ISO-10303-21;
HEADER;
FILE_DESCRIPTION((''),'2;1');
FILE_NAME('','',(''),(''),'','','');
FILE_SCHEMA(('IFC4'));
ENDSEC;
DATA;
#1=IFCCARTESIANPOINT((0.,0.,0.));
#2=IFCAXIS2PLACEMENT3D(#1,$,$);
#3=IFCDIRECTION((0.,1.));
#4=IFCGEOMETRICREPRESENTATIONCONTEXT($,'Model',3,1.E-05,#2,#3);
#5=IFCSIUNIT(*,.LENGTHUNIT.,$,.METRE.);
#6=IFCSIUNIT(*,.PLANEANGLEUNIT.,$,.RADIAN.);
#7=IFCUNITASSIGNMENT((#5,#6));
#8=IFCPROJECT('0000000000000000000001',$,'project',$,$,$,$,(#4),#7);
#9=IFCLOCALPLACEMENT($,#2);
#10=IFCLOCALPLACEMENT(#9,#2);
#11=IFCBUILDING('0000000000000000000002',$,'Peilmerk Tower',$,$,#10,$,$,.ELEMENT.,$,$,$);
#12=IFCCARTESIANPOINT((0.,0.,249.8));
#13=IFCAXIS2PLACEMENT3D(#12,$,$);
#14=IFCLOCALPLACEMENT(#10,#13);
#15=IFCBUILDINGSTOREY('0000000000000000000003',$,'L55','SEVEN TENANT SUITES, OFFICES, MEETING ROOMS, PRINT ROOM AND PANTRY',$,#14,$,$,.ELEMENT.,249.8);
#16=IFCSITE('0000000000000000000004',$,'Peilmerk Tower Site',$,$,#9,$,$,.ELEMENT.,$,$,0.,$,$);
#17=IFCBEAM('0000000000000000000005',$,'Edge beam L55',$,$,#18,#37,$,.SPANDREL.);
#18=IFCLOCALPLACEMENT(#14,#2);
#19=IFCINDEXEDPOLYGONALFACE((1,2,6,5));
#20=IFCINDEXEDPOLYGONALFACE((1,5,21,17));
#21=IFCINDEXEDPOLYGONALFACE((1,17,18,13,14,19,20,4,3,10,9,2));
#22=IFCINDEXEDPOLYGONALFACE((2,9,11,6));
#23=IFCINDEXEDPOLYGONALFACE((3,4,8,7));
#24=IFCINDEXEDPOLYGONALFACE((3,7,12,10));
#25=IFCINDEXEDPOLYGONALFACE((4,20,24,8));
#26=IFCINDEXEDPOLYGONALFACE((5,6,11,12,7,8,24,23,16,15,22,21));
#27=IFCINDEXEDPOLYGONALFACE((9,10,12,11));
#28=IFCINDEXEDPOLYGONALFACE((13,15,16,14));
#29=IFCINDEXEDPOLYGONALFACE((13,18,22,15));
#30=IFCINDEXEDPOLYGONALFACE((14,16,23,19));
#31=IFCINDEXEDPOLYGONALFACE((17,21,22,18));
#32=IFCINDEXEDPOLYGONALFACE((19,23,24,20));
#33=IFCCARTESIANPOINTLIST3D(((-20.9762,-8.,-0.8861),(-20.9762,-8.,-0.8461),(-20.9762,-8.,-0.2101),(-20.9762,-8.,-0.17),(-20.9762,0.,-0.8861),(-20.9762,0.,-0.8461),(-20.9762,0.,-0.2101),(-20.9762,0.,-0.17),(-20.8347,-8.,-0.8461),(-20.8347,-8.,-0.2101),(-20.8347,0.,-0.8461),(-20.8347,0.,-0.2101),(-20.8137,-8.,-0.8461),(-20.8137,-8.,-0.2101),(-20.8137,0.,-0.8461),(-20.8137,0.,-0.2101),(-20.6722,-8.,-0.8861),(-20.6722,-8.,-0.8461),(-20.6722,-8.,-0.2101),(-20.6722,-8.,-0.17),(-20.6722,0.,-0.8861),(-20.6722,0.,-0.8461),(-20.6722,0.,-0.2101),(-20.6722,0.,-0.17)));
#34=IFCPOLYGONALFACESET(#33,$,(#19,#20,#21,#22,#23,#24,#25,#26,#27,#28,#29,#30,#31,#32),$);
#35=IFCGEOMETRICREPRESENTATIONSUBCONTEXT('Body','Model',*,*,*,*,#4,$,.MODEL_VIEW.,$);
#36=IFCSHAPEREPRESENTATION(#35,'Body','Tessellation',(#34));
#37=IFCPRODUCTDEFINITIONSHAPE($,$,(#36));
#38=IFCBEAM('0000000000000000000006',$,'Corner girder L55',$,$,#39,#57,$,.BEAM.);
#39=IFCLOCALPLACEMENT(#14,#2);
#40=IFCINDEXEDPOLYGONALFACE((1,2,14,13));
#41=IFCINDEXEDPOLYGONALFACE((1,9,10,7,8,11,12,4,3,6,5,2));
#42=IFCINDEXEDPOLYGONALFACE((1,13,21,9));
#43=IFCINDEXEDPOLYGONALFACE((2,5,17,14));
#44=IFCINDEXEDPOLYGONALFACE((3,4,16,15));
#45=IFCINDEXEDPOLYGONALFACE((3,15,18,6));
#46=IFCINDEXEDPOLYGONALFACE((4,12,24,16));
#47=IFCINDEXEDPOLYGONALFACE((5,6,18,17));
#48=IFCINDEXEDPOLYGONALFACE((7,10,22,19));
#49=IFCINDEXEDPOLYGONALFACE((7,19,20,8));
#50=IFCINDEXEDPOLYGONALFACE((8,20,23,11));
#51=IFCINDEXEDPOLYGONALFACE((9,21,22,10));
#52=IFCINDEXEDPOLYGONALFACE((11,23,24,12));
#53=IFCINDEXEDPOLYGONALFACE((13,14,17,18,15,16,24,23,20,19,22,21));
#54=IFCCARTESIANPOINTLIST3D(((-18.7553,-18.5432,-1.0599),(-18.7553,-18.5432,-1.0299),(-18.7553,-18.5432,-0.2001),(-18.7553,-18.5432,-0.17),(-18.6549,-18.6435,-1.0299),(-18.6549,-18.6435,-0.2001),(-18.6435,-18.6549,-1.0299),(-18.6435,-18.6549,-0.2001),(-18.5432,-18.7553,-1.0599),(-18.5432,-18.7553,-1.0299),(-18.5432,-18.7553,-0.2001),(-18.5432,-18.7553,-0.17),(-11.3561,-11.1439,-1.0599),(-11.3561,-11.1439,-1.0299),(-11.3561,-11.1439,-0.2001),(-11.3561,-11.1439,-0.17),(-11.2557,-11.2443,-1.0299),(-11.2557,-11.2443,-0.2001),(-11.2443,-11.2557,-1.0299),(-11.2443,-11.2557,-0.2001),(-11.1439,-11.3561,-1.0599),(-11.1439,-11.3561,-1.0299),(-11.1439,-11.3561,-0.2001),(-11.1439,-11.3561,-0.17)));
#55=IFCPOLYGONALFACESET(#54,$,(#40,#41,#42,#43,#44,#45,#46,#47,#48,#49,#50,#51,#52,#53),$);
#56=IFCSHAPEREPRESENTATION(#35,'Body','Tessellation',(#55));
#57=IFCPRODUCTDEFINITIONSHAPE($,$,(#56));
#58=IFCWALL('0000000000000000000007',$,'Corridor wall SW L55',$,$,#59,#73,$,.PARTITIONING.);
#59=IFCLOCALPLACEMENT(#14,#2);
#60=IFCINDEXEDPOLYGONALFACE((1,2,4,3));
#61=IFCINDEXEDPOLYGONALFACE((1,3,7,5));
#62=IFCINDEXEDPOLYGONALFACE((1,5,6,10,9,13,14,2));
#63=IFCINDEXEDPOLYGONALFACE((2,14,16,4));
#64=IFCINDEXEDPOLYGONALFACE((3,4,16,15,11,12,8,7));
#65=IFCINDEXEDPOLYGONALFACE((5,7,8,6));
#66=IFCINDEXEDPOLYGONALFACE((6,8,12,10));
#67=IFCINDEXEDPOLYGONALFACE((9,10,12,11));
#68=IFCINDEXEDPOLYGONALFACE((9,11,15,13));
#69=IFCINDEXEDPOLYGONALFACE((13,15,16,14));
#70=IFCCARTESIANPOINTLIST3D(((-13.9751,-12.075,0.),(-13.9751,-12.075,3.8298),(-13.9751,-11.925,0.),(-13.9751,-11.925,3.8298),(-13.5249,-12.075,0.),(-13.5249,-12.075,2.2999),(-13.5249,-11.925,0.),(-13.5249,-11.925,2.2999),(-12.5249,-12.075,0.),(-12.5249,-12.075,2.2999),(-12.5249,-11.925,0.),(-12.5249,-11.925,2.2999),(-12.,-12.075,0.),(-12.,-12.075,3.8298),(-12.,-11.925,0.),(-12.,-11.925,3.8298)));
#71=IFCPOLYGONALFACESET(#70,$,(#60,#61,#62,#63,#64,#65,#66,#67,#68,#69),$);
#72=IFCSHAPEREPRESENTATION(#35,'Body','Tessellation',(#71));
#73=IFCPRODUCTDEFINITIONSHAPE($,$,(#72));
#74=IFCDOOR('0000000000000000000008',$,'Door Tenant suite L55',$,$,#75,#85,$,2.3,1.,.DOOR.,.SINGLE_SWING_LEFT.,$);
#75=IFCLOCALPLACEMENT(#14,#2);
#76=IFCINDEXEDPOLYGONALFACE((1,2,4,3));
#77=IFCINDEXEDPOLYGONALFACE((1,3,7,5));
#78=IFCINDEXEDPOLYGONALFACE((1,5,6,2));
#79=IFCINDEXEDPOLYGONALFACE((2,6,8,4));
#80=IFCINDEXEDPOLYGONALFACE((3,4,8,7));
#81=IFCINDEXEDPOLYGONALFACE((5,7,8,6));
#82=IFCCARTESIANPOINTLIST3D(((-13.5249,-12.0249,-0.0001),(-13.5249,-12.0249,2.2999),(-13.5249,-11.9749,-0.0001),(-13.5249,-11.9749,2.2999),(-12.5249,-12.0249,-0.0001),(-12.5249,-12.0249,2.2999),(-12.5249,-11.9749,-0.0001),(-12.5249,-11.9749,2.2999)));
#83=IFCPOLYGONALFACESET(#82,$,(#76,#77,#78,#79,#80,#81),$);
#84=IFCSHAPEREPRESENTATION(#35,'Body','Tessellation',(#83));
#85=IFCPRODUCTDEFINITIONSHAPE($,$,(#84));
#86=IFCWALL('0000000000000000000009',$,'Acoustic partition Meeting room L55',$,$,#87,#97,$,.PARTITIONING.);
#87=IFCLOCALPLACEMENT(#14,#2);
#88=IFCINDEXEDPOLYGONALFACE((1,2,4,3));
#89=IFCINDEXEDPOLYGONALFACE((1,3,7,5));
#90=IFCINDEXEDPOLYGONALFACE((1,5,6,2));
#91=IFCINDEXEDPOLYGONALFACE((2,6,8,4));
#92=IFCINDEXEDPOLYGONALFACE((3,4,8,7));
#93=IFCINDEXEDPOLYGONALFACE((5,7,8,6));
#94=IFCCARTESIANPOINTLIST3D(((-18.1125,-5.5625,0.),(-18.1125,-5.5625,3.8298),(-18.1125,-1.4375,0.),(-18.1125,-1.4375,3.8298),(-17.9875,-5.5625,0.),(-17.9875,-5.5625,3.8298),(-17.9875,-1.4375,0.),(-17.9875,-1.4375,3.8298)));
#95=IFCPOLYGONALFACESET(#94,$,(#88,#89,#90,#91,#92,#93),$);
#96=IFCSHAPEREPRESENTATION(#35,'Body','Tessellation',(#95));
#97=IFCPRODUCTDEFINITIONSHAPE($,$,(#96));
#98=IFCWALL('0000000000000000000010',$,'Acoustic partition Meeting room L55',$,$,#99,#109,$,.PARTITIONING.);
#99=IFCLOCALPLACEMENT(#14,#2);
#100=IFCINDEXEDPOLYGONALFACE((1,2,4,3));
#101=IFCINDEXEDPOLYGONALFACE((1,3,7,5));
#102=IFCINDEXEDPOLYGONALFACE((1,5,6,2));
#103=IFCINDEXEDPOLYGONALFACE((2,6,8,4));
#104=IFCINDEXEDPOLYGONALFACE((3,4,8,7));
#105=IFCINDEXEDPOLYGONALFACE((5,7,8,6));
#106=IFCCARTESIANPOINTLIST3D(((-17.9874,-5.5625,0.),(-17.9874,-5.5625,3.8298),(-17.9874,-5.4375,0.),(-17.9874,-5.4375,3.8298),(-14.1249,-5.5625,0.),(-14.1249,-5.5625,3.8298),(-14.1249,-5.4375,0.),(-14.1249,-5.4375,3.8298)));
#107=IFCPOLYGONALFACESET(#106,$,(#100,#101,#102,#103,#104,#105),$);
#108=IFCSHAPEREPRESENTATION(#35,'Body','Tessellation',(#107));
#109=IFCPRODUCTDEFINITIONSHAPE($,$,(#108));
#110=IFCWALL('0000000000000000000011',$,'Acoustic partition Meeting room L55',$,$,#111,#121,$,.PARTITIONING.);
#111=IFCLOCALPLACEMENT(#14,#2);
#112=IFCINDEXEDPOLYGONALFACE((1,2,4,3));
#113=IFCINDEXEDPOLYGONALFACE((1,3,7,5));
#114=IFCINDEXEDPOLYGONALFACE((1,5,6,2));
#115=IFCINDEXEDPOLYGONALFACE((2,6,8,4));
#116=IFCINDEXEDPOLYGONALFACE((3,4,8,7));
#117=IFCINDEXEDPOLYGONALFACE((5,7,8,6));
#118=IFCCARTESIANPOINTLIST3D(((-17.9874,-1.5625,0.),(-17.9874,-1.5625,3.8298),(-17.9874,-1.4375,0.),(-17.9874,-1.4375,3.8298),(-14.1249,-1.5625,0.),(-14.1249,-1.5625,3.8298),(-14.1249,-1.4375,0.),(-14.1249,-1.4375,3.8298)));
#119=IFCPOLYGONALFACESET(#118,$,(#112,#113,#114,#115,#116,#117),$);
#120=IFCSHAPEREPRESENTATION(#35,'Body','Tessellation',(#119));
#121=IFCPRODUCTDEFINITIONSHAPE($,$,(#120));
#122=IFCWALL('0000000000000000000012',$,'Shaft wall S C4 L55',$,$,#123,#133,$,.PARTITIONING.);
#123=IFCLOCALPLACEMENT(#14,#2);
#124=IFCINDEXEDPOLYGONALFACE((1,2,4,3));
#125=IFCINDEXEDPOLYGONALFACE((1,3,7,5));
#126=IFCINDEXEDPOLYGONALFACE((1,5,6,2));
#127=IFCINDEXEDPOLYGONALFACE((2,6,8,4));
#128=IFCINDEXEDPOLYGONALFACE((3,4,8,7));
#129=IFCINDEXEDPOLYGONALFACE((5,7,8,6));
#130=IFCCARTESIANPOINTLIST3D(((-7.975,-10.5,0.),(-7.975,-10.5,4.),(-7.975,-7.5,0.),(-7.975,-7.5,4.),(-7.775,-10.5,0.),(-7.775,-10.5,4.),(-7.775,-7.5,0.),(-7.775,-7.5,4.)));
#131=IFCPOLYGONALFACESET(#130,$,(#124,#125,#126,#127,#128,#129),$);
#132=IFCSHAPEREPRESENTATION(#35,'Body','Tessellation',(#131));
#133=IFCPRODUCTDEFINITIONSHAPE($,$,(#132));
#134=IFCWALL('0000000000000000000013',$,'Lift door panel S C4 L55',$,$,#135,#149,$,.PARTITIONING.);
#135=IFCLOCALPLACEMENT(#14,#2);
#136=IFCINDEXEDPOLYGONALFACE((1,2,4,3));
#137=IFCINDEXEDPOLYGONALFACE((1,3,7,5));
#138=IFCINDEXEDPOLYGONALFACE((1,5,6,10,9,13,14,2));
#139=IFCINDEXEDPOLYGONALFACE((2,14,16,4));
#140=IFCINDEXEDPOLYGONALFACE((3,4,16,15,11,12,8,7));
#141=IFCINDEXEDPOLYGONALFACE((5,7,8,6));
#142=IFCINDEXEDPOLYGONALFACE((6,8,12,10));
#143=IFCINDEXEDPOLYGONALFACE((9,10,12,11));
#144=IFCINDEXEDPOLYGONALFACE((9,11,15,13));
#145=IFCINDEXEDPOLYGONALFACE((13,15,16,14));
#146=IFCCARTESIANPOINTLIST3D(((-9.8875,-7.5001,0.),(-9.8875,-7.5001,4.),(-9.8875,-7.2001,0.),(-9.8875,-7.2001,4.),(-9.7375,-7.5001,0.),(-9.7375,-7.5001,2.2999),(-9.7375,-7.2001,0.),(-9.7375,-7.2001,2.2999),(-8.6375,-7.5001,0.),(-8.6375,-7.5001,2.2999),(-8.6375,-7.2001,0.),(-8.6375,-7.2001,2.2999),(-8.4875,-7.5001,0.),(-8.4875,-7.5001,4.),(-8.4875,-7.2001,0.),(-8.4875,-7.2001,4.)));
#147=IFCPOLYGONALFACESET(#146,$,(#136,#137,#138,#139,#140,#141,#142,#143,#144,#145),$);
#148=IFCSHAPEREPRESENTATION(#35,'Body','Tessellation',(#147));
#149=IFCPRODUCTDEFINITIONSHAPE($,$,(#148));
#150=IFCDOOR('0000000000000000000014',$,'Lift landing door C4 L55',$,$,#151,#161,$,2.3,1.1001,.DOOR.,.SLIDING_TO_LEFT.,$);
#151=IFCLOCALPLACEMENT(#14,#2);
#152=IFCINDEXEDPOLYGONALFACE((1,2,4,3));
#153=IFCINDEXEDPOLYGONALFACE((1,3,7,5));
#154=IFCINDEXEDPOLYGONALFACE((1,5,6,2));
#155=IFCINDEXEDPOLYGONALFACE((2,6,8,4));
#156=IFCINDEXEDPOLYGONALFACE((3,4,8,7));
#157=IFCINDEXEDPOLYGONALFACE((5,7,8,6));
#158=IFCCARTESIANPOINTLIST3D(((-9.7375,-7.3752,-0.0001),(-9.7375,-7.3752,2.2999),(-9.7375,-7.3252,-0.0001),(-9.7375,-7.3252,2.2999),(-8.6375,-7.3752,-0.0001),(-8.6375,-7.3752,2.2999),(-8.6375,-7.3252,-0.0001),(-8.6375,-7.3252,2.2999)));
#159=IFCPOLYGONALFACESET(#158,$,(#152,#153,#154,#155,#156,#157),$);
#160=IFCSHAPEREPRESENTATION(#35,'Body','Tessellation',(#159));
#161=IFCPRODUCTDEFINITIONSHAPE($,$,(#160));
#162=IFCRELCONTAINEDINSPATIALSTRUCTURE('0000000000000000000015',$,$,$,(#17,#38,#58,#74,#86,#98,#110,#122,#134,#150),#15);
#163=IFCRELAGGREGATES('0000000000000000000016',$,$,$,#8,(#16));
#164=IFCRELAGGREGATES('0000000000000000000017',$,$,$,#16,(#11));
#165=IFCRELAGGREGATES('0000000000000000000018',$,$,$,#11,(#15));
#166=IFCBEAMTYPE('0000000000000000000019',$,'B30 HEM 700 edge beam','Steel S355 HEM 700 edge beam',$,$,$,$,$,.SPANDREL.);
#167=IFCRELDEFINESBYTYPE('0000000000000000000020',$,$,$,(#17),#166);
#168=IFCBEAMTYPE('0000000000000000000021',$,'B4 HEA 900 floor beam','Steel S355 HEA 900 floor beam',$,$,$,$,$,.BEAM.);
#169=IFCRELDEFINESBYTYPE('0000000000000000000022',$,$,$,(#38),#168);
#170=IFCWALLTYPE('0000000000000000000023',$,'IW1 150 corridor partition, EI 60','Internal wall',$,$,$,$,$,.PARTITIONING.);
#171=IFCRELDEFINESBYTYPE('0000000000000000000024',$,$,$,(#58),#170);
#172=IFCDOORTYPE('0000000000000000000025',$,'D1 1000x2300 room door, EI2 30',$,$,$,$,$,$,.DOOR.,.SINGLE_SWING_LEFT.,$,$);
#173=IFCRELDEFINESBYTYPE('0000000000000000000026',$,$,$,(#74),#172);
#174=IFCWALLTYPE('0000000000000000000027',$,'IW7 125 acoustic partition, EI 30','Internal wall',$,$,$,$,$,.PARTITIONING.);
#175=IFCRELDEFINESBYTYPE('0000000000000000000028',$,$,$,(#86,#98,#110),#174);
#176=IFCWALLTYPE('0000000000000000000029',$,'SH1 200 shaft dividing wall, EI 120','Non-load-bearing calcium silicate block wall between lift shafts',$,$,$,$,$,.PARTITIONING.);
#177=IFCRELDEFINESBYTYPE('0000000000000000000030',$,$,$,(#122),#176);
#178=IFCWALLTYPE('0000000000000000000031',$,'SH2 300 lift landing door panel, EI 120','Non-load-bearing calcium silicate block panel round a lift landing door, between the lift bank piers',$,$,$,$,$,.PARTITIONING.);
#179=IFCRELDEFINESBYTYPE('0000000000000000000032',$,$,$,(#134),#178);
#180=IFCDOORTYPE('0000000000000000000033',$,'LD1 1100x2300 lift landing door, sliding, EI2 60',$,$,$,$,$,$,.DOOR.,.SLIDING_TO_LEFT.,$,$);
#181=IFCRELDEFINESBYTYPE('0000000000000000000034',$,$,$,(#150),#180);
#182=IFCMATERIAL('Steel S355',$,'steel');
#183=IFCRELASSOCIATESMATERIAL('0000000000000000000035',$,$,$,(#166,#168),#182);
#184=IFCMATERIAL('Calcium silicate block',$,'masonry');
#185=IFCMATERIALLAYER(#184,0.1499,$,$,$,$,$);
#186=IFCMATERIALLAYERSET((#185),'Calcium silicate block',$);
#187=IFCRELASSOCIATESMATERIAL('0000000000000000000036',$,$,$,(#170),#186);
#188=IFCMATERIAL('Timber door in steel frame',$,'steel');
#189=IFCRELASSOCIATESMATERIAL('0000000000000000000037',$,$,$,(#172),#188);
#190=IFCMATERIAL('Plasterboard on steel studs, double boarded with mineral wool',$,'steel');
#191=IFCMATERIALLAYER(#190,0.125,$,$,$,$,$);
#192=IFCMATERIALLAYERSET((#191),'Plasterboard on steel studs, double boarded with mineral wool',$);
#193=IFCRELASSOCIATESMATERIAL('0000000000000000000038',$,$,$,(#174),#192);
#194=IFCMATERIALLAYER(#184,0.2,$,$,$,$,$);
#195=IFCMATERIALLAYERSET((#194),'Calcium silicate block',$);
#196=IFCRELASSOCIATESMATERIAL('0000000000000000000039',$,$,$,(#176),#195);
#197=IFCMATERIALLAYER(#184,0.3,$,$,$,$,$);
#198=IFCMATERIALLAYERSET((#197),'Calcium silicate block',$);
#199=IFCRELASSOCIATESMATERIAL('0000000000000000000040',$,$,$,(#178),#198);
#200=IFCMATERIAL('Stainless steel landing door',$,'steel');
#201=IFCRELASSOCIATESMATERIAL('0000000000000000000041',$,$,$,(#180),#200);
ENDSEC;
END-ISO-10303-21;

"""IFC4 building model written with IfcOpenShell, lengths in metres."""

from ifc_helpers import new_model, si_unit, direction, frame, frame_2d, origin, origin_2d, place, context, subcontext, project, spatial, rectangle, i_section, extrude, material, layer, layer_set, material_profile, profile_set, type_object, element, fill, save


model = new_model("IFC4")

# Units and contexts
model_context = context("Model", 3, precision=1e-05, world=origin(), true_north=direction((0.0, 1.0)))
body_context = subcontext(model_context, "Body", "Model", "MODEL_VIEW")
ifc_project = project(units=[si_unit("LENGTHUNIT", "METRE"), si_unit("PLANEANGLEUNIT", "RADIAN")], contexts=[model_context])

# Site, building, storey
site_placement = place(None, origin())
site = spatial("IfcSite", under=ifc_project, at=site_placement, Name="Peilmerk Tower Site", CompositionType="ELEMENT", RefElevation=0.0)
building_placement = place(site_placement, origin())
building = spatial("IfcBuilding", under=site, at=building_placement, Name="Peilmerk Tower", CompositionType="ELEMENT")
storey_placement = place(building_placement, frame((0.0, 0.0, 249.8)))
storey = spatial("IfcBuildingStorey", under=building, at=storey_placement, Name="L55", Description="SEVEN TENANT SUITES, OFFICES, MEETING ROOMS, PRINT ROOM AND PANTRY", CompositionType="ELEMENT", Elevation=249.8)

# Beams
ifc_material_1 = material(Name="Steel S355", Category="steel")
ifc_material_profile_1 = material_profile(ifc_material_1, i_section(OverallWidth=0.304, OverallDepth=0.7161, WebThickness=0.021, FlangeThickness=0.04, at=origin_2d()), Name="HEM 700")
ifc_profile_set_1 = profile_set([ifc_material_profile_1], Name="Steel S355")
beam_type_1 = type_object("IfcBeamType", Name="B30 HEM 700 edge beam", Description="Steel S355 HEM 700 edge beam", PredefinedType="SPANDREL", material=ifc_profile_set_1)
beam_1_placement = place(storey_placement, frame((-20.8242, 0.0, -0.5281), z_axis=(0.0, -1.0, 0.0), x_axis=(1.0, 0.0, 0.0)))
element("IfcBeam", 1, at=beam_1_placement, inside=storey, type_object=beam_type_1, Name="Edge beam L55", PredefinedType="SPANDREL", context=body_context, shape_type="SweptSolid", body=[
    extrude(i_section(OverallWidth=0.304, OverallDepth=0.7161, WebThickness=0.021, FlangeThickness=0.04, at=origin_2d()), origin(), (0.0, 0.0, 1.0), 8.0),
])
ifc_material_profile_2 = material_profile(ifc_material_1, i_section(OverallWidth=0.3, OverallDepth=0.8899, WebThickness=0.0161, FlangeThickness=0.03, at=origin_2d()), Name="HEA 900")
ifc_profile_set_2 = profile_set([ifc_material_profile_2], Name="Steel S355")
beam_type_2 = type_object("IfcBeamType", Name="B4 HEA 900 floor beam", Description="Steel S355 HEA 900 floor beam", PredefinedType="BEAM", material=ifc_profile_set_2)
beam_2_placement = place(storey_placement, frame((-11.25, -11.25, -0.615), z_axis=(-0.707107, -0.707107, 0.0), x_axis=(0.707107, -0.707107, 0.0)))
element("IfcBeam", 2, at=beam_2_placement, inside=storey, type_object=beam_type_2, Name="Corner girder L55", PredefinedType="BEAM", context=body_context, shape_type="SweptSolid", body=[
    extrude(i_section(OverallWidth=0.3, OverallDepth=0.8899, WebThickness=0.0161, FlangeThickness=0.03, at=origin_2d()), origin(), (0.0, 0.0, 1.0), 10.4641),
])

# Wall, opening, door
ifc_material_2 = material(Name="Calcium silicate block", Category="masonry")
ifc_layer_1 = layer(ifc_material_2, 0.1499)
ifc_layer_set_1 = layer_set([ifc_layer_1], Name="Calcium silicate block")
wall_type_1 = type_object("IfcWallType", Name="IW1 150 corridor partition, EI 60", Description="Internal wall", PredefinedType="PARTITIONING", material=ifc_layer_set_1)
wall_1_placement = place(storey_placement, frame((-12.0, -12.0, 0.0), z_axis=(0.0, 0.0, 1.0), x_axis=(-1.0, 0.0, 0.0)))
wall_1 = element("IfcWall", 3, at=wall_1_placement, inside=storey, type_object=wall_type_1, Name="Corridor wall SW L55", PredefinedType="PARTITIONING", context=body_context, shape_type="SweptSolid", body=[
    extrude(rectangle(XDim=1.9751, YDim=0.1499, at=frame_2d((0.9875, 0.0))), origin(), (0.0, 0.0, 1.0), 3.8298),
])
opening_1_placement = place(wall_1_placement, frame((0.5249, 0.0, 0.0)))
opening_1 = element("IfcOpeningElement", 4, at=opening_1_placement, cuts=wall_1, PredefinedType="OPENING", context=body_context, shape_type="SweptSolid", body=[
    extrude(rectangle(XDim=1.0, YDim=2.3, at=frame_2d((0.5, 1.1499))), frame((0.0, 0.085, 0.0), z_axis=(0.0, -1.0, 0.0), x_axis=(1.0, 0.0, 0.0)), (0.0, 0.0, 1.0), 0.1699),
])
ifc_material_3 = material(Name="Timber door in steel frame", Category="steel")
door_type_1 = type_object("IfcDoorType", Name="D1 1000x2300 room door, EI2 30", OperationType="SINGLE_SWING_LEFT", PredefinedType="DOOR", material=ifc_material_3)
door_1_placement = place(opening_1_placement, origin())
door_1 = element("IfcDoor", 5, at=door_1_placement, inside=storey, type_object=door_type_1, Name="Door Tenant suite L55", OperationType="SINGLE_SWING_LEFT", OverallHeight=2.3, OverallWidth=1.0, PredefinedType="DOOR", context=body_context, shape_type="SweptSolid", body=[
    extrude(rectangle(XDim=1.0, YDim=2.3, at=frame_2d((0.5, 1.1499))), frame((0.0, 0.0249, 0.0), z_axis=(0.0, -1.0, 0.0), x_axis=(1.0, 0.0, 0.0)), (0.0, 0.0, 1.0), 0.05),
])
fill(opening_1, door_1)

# Walls
ifc_material_4 = material(Name="Plasterboard on steel studs, double boarded with mineral wool", Category="steel")
ifc_layer_2 = layer(ifc_material_4, 0.125)
ifc_layer_set_2 = layer_set([ifc_layer_2], Name="Plasterboard on steel studs, double boarded with mineral wool")
wall_type_2 = type_object("IfcWallType", Name="IW7 125 acoustic partition, EI 30", Description="Internal wall", PredefinedType="PARTITIONING", material=ifc_layer_set_2)
wall_2_placement = place(storey_placement, frame((-18.05, -5.5625, 0.0), z_axis=(0.0, 0.0, 1.0), x_axis=(0.0, 1.0, 0.0)))
element("IfcWall", 6, at=wall_2_placement, inside=storey, type_object=wall_type_2, Name="Acoustic partition Meeting room L55", PredefinedType="PARTITIONING", context=body_context, shape_type="SweptSolid", body=[
    extrude(rectangle(XDim=4.125, YDim=0.125, at=frame_2d((2.0625, 0.0))), origin(), (0.0, 0.0, 1.0), 3.8298),
])
for number, where, z_axis, x_axis, name in (
    (7, (-14.125, -5.5, 0.0), (0.0, 0.0, 1.0), (-1.0, 0.0, 0.0), "Acoustic partition Meeting room L55"),
    (8, (-14.125, -1.5, 0.0), (0.0, 0.0, 1.0), (-1.0, 0.0, 0.0), "Acoustic partition Meeting room L55"),
):
    element("IfcWall", number, at=place(storey_placement, frame(where, z_axis=z_axis, x_axis=x_axis)), inside=storey, type_object=wall_type_2, Name=name, PredefinedType="PARTITIONING", context=body_context, shape_type="SweptSolid", body=[
        extrude(rectangle(XDim=3.8625, YDim=0.125, at=frame_2d((1.9312, 0.0))), origin(), (0.0, 0.0, 1.0), 3.8298),
    ])
ifc_layer_3 = layer(ifc_material_2, 0.2)
ifc_layer_set_3 = layer_set([ifc_layer_3], Name="Calcium silicate block")
wall_type_3 = type_object("IfcWallType", Name="SH1 200 shaft dividing wall, EI 120", Description="Non-load-bearing calcium silicate block wall between lift shafts", PredefinedType="PARTITIONING", material=ifc_layer_set_3)
wall_3_placement = place(storey_placement, frame((-7.875, -10.5, 0.0), z_axis=(0.0, 0.0, 1.0), x_axis=(0.0, 1.0, 0.0)))
element("IfcWall", 9, at=wall_3_placement, inside=storey, type_object=wall_type_3, Name="Shaft wall S C4 L55", PredefinedType="PARTITIONING", context=body_context, shape_type="SweptSolid", body=[
    extrude(rectangle(XDim=3.0, YDim=0.2, at=frame_2d((1.5, 0.0))), origin(), (0.0, 0.0, 1.0), 4.0),
])

# Wall, opening, door
ifc_layer_4 = layer(ifc_material_2, 0.3)
ifc_layer_set_4 = layer_set([ifc_layer_4], Name="Calcium silicate block")
wall_type_4 = type_object("IfcWallType", Name="SH2 300 lift landing door panel, EI 120", Description="Non-load-bearing calcium silicate block panel round a lift landing door, between the lift bank piers", PredefinedType="PARTITIONING", material=ifc_layer_set_4)
wall_4_placement = place(storey_placement, frame((-9.8875, -7.3501, 0.0), z_axis=(0.0, 0.0, 1.0), x_axis=(1.0, 0.0, 0.0)))
wall_4 = element("IfcWall", 10, at=wall_4_placement, inside=storey, type_object=wall_type_4, Name="Lift door panel S C4 L55", PredefinedType="PARTITIONING", context=body_context, shape_type="SweptSolid", body=[
    extrude(rectangle(XDim=1.3999, YDim=0.3, at=frame_2d((0.7, 0.0))), origin(), (0.0, 0.0, 1.0), 4.0),
])
opening_2_placement = place(wall_4_placement, frame((0.1499, 0.0, 0.0)))
opening_2 = element("IfcOpeningElement", 11, at=opening_2_placement, cuts=wall_4, PredefinedType="OPENING", context=body_context, shape_type="SweptSolid", body=[
    extrude(rectangle(XDim=1.1001, YDim=2.3, at=frame_2d((0.55, 1.1499))), frame((0.0, 0.1599, 0.0), z_axis=(0.0, -1.0, 0.0), x_axis=(1.0, 0.0, 0.0)), (0.0, 0.0, 1.0), 0.3201),
])
ifc_material_5 = material(Name="Stainless steel landing door", Category="steel")
door_type_2 = type_object("IfcDoorType", Name="LD1 1100x2300 lift landing door, sliding, EI2 60", OperationType="SLIDING_TO_LEFT", PredefinedType="DOOR", material=ifc_material_5)
door_2_placement = place(opening_2_placement, origin())
door_2 = element("IfcDoor", 12, at=door_2_placement, inside=storey, type_object=door_type_2, Name="Lift landing door C4 L55", OperationType="SLIDING_TO_LEFT", OverallHeight=2.3, OverallWidth=1.1001, PredefinedType="DOOR", context=body_context, shape_type="SweptSolid", body=[
    extrude(rectangle(XDim=1.1001, YDim=2.3, at=frame_2d((0.55, 1.1499))), frame((0.0, 0.0249, 0.0), z_axis=(0.0, -1.0, 0.0), x_axis=(1.0, 0.0, 0.0)), (0.0, 0.0, 1.0), 0.05),
])
fill(opening_2, door_2)

save(model, "model.ifc")
